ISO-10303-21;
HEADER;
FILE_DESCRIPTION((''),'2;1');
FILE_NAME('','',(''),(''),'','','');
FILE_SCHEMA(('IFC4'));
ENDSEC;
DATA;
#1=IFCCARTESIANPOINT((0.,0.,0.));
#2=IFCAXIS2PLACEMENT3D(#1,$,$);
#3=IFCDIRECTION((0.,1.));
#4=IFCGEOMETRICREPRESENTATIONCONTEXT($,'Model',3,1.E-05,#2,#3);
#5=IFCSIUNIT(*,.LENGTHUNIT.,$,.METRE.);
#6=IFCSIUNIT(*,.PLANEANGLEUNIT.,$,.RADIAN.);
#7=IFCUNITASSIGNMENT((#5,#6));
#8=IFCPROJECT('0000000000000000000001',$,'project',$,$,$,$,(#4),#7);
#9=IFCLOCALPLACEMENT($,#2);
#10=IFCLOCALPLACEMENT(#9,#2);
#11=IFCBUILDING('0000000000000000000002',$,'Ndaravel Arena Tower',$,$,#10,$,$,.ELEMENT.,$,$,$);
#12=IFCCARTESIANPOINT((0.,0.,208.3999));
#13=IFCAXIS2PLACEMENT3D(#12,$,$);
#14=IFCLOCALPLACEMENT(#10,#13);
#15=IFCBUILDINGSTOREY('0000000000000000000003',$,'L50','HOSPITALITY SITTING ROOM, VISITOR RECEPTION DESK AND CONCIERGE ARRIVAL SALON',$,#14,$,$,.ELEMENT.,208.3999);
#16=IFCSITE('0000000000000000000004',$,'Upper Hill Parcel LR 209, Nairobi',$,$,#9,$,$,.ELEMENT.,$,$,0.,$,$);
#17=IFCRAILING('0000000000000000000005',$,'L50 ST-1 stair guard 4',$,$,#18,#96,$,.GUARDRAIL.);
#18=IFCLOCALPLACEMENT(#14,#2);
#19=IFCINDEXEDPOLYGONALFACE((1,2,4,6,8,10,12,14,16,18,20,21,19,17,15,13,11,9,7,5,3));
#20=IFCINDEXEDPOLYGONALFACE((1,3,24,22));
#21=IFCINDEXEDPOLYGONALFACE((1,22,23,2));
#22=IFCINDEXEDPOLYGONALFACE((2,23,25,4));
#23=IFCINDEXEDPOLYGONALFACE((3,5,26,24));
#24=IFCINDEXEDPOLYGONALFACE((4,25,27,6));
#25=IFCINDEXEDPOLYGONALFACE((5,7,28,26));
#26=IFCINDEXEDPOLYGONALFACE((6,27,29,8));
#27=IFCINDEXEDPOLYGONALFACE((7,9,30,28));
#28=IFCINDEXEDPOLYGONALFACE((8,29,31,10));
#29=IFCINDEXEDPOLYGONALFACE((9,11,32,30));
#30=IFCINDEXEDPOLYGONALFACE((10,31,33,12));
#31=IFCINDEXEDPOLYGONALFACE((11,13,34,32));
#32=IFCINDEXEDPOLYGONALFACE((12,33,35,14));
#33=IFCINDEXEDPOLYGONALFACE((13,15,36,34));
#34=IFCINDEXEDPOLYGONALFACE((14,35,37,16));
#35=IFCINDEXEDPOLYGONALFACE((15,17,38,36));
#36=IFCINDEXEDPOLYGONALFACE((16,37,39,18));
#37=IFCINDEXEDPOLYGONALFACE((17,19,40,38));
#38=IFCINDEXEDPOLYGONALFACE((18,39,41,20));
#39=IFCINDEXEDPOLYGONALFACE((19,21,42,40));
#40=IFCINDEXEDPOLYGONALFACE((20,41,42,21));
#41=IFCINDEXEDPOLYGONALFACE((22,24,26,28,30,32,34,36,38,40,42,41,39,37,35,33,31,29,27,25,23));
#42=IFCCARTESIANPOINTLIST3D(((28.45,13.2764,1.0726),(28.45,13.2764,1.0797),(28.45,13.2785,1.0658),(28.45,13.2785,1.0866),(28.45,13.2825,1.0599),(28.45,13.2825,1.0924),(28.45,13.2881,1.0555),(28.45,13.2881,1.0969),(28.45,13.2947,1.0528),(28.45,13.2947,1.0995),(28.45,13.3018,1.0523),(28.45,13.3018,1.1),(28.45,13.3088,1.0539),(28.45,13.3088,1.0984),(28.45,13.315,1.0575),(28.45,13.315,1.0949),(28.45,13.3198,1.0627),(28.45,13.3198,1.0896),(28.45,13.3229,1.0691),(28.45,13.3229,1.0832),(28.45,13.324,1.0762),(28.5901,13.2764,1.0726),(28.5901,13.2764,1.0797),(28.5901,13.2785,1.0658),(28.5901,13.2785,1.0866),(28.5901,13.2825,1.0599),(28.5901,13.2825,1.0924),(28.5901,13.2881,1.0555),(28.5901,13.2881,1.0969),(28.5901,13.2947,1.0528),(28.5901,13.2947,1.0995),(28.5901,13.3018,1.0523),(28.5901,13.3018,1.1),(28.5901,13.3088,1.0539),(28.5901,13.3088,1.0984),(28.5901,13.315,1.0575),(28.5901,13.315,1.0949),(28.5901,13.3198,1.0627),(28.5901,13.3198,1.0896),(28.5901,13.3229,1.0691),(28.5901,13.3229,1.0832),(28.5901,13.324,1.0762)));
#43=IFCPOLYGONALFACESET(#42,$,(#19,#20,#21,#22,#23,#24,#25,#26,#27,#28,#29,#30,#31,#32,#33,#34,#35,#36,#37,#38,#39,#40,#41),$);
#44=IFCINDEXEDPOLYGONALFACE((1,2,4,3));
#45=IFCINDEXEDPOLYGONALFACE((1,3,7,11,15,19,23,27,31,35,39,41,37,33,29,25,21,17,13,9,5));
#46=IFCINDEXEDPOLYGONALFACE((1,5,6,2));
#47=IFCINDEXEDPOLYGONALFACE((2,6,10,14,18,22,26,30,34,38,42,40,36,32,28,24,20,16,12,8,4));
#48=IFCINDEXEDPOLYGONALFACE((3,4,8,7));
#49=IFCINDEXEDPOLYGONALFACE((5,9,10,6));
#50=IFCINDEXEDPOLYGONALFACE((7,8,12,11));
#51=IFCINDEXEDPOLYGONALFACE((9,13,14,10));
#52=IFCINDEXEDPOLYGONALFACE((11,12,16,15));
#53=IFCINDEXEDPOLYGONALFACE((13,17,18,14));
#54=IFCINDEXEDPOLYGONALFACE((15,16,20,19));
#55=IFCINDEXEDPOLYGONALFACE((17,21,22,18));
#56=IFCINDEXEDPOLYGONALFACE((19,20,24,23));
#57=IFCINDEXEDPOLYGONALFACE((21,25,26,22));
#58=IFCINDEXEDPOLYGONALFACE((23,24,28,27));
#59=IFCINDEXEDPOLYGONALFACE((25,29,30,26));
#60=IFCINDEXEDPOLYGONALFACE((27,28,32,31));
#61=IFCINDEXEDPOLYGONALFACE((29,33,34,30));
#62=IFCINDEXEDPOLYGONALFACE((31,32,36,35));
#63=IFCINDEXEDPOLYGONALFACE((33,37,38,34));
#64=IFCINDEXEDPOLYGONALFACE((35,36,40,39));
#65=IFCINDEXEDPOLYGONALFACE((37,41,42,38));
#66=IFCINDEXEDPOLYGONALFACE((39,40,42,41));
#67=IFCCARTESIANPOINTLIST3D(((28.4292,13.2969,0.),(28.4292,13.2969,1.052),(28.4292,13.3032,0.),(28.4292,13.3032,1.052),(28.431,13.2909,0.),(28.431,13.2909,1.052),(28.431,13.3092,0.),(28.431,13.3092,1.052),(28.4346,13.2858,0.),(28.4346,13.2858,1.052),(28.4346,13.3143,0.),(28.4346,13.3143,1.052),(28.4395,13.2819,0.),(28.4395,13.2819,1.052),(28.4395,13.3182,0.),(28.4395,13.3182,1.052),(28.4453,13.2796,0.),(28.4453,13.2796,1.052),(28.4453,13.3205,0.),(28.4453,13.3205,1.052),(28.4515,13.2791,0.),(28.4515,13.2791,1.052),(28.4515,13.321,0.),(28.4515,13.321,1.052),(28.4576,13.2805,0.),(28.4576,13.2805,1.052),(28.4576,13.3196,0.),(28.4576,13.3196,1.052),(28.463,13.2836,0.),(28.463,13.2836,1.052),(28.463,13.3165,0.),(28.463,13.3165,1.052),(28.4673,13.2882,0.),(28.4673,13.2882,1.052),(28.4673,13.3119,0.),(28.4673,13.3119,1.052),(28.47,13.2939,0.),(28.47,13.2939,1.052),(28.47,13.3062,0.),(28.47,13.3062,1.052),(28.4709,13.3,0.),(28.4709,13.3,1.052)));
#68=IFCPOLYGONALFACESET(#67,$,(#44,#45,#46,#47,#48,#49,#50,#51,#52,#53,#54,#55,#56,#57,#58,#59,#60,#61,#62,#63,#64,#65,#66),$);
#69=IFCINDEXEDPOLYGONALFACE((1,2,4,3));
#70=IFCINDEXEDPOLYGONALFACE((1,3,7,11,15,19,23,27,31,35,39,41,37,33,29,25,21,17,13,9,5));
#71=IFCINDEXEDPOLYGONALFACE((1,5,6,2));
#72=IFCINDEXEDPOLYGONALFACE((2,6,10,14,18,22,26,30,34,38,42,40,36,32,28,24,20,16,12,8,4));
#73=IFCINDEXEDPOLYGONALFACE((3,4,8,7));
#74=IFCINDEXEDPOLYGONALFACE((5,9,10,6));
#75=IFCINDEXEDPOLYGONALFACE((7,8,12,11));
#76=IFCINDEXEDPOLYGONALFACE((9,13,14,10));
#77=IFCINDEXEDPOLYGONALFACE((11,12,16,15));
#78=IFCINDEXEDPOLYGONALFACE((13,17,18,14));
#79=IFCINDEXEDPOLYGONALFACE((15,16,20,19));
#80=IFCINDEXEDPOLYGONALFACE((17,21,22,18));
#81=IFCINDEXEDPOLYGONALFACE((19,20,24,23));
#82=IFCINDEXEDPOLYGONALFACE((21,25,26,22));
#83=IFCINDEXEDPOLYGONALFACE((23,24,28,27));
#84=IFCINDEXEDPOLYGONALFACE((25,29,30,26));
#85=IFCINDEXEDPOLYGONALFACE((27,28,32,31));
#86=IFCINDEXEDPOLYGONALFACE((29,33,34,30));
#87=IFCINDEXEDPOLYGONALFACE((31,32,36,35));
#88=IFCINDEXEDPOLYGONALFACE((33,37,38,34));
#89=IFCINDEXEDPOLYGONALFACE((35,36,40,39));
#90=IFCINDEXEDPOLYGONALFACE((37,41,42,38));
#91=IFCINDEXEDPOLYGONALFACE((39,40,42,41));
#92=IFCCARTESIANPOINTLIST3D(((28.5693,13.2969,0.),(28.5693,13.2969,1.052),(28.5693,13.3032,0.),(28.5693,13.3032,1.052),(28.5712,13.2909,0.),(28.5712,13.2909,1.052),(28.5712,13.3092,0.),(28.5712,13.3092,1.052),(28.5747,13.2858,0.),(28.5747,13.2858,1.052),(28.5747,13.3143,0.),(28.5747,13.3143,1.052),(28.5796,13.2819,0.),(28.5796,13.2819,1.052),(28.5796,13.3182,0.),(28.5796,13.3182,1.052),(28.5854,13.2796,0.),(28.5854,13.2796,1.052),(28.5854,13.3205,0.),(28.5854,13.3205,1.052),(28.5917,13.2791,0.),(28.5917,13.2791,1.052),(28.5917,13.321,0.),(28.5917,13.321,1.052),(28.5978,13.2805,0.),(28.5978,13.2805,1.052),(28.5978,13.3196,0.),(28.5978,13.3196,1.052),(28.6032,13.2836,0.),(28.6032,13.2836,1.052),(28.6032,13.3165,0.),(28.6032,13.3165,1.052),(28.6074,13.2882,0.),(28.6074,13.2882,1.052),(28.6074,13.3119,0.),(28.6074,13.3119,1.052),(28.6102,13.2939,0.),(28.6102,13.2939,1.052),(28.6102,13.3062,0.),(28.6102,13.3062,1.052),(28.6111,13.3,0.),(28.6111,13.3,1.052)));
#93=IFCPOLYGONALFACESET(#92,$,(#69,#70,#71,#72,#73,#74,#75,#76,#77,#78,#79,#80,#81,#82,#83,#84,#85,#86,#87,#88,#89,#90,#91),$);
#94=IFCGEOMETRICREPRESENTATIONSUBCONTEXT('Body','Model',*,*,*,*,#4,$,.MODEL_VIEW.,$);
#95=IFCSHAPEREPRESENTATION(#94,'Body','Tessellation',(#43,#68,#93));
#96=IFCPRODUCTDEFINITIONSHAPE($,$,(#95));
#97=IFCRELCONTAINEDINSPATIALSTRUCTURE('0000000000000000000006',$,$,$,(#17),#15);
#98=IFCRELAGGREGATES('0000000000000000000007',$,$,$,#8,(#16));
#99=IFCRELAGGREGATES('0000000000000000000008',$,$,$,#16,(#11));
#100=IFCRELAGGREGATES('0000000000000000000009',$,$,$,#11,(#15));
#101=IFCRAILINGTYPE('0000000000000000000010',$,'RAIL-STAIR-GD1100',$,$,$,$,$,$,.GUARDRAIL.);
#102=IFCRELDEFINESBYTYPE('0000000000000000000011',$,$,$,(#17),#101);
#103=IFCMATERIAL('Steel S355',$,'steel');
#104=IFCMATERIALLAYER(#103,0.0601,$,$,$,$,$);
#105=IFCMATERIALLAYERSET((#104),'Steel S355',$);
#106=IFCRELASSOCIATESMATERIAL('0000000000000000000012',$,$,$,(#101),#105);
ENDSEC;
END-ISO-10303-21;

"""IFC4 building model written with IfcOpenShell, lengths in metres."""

from ifc_helpers import new_model, si_unit, direction, frame, origin, origin_2d, place, context, subcontext, project, spatial, circle, extrude, material, layer, layer_set, type_object, element, save


model = new_model("IFC4")

# Units and contexts
model_context = context("Model", 3, precision=1e-05, world=origin(), true_north=direction((0.0, 1.0)))
body_context = subcontext(model_context, "Body", "Model", "MODEL_VIEW")
ifc_project = project(units=[si_unit("LENGTHUNIT", "METRE"), si_unit("PLANEANGLEUNIT", "RADIAN")], contexts=[model_context])

# Site, building, storey
site_placement = place(None, origin())
site = spatial("IfcSite", under=ifc_project, at=site_placement, Name="Upper Hill Parcel LR 209, Nairobi", CompositionType="ELEMENT", RefElevation=0.0)
building_placement = place(site_placement, origin())
building = spatial("IfcBuilding", under=site, at=building_placement, Name="Ndaravel Arena Tower", CompositionType="ELEMENT")
storey_placement = place(building_placement, frame((0.0, 0.0, 208.3999)))
storey = spatial("IfcBuildingStorey", under=building, at=storey_placement, Name="L50", Description="HOSPITALITY SITTING ROOM, VISITOR RECEPTION DESK AND CONCIERGE ARRIVAL SALON", CompositionType="ELEMENT", Elevation=208.3999)

# Railing
ifc_material_1 = material(Name="Steel S355", Category="steel")
ifc_layer_1 = layer(ifc_material_1, 0.0601)
ifc_layer_set_1 = layer_set([ifc_layer_1], Name="Steel S355")
railing_type_1 = type_object("IfcRailingType", Name="RAIL-STAIR-GD1100", PredefinedType="GUARDRAIL", material=ifc_layer_set_1)
railing_1_placement = place(storey_placement, frame((28.45, 13.3, 0.0)))
element("IfcRailing", 1, at=railing_1_placement, inside=storey, type_object=railing_type_1, Name="L50 ST-1 stair guard 4", PredefinedType="GUARDRAIL", context=body_context, shape_type="SweptSolid", body=[
    extrude(circle(Radius=0.0239, at=origin_2d()), frame((0.0, 0.0, 1.0762), z_axis=(1.0, 0.0, 0.0), x_axis=(0.0, 1.0, 0.0)), (0.0, 0.0, 1.0), 0.1401),
    extrude(circle(Radius=0.021, at=origin_2d()), origin(), (0.0, 0.0, 1.0), 1.052),
    extrude(circle(Radius=0.021, at=origin_2d()), frame((0.1401, 0.0, 0.0)), (0.0, 0.0, 1.0), 1.052),
])

save(model, "model.ifc")
